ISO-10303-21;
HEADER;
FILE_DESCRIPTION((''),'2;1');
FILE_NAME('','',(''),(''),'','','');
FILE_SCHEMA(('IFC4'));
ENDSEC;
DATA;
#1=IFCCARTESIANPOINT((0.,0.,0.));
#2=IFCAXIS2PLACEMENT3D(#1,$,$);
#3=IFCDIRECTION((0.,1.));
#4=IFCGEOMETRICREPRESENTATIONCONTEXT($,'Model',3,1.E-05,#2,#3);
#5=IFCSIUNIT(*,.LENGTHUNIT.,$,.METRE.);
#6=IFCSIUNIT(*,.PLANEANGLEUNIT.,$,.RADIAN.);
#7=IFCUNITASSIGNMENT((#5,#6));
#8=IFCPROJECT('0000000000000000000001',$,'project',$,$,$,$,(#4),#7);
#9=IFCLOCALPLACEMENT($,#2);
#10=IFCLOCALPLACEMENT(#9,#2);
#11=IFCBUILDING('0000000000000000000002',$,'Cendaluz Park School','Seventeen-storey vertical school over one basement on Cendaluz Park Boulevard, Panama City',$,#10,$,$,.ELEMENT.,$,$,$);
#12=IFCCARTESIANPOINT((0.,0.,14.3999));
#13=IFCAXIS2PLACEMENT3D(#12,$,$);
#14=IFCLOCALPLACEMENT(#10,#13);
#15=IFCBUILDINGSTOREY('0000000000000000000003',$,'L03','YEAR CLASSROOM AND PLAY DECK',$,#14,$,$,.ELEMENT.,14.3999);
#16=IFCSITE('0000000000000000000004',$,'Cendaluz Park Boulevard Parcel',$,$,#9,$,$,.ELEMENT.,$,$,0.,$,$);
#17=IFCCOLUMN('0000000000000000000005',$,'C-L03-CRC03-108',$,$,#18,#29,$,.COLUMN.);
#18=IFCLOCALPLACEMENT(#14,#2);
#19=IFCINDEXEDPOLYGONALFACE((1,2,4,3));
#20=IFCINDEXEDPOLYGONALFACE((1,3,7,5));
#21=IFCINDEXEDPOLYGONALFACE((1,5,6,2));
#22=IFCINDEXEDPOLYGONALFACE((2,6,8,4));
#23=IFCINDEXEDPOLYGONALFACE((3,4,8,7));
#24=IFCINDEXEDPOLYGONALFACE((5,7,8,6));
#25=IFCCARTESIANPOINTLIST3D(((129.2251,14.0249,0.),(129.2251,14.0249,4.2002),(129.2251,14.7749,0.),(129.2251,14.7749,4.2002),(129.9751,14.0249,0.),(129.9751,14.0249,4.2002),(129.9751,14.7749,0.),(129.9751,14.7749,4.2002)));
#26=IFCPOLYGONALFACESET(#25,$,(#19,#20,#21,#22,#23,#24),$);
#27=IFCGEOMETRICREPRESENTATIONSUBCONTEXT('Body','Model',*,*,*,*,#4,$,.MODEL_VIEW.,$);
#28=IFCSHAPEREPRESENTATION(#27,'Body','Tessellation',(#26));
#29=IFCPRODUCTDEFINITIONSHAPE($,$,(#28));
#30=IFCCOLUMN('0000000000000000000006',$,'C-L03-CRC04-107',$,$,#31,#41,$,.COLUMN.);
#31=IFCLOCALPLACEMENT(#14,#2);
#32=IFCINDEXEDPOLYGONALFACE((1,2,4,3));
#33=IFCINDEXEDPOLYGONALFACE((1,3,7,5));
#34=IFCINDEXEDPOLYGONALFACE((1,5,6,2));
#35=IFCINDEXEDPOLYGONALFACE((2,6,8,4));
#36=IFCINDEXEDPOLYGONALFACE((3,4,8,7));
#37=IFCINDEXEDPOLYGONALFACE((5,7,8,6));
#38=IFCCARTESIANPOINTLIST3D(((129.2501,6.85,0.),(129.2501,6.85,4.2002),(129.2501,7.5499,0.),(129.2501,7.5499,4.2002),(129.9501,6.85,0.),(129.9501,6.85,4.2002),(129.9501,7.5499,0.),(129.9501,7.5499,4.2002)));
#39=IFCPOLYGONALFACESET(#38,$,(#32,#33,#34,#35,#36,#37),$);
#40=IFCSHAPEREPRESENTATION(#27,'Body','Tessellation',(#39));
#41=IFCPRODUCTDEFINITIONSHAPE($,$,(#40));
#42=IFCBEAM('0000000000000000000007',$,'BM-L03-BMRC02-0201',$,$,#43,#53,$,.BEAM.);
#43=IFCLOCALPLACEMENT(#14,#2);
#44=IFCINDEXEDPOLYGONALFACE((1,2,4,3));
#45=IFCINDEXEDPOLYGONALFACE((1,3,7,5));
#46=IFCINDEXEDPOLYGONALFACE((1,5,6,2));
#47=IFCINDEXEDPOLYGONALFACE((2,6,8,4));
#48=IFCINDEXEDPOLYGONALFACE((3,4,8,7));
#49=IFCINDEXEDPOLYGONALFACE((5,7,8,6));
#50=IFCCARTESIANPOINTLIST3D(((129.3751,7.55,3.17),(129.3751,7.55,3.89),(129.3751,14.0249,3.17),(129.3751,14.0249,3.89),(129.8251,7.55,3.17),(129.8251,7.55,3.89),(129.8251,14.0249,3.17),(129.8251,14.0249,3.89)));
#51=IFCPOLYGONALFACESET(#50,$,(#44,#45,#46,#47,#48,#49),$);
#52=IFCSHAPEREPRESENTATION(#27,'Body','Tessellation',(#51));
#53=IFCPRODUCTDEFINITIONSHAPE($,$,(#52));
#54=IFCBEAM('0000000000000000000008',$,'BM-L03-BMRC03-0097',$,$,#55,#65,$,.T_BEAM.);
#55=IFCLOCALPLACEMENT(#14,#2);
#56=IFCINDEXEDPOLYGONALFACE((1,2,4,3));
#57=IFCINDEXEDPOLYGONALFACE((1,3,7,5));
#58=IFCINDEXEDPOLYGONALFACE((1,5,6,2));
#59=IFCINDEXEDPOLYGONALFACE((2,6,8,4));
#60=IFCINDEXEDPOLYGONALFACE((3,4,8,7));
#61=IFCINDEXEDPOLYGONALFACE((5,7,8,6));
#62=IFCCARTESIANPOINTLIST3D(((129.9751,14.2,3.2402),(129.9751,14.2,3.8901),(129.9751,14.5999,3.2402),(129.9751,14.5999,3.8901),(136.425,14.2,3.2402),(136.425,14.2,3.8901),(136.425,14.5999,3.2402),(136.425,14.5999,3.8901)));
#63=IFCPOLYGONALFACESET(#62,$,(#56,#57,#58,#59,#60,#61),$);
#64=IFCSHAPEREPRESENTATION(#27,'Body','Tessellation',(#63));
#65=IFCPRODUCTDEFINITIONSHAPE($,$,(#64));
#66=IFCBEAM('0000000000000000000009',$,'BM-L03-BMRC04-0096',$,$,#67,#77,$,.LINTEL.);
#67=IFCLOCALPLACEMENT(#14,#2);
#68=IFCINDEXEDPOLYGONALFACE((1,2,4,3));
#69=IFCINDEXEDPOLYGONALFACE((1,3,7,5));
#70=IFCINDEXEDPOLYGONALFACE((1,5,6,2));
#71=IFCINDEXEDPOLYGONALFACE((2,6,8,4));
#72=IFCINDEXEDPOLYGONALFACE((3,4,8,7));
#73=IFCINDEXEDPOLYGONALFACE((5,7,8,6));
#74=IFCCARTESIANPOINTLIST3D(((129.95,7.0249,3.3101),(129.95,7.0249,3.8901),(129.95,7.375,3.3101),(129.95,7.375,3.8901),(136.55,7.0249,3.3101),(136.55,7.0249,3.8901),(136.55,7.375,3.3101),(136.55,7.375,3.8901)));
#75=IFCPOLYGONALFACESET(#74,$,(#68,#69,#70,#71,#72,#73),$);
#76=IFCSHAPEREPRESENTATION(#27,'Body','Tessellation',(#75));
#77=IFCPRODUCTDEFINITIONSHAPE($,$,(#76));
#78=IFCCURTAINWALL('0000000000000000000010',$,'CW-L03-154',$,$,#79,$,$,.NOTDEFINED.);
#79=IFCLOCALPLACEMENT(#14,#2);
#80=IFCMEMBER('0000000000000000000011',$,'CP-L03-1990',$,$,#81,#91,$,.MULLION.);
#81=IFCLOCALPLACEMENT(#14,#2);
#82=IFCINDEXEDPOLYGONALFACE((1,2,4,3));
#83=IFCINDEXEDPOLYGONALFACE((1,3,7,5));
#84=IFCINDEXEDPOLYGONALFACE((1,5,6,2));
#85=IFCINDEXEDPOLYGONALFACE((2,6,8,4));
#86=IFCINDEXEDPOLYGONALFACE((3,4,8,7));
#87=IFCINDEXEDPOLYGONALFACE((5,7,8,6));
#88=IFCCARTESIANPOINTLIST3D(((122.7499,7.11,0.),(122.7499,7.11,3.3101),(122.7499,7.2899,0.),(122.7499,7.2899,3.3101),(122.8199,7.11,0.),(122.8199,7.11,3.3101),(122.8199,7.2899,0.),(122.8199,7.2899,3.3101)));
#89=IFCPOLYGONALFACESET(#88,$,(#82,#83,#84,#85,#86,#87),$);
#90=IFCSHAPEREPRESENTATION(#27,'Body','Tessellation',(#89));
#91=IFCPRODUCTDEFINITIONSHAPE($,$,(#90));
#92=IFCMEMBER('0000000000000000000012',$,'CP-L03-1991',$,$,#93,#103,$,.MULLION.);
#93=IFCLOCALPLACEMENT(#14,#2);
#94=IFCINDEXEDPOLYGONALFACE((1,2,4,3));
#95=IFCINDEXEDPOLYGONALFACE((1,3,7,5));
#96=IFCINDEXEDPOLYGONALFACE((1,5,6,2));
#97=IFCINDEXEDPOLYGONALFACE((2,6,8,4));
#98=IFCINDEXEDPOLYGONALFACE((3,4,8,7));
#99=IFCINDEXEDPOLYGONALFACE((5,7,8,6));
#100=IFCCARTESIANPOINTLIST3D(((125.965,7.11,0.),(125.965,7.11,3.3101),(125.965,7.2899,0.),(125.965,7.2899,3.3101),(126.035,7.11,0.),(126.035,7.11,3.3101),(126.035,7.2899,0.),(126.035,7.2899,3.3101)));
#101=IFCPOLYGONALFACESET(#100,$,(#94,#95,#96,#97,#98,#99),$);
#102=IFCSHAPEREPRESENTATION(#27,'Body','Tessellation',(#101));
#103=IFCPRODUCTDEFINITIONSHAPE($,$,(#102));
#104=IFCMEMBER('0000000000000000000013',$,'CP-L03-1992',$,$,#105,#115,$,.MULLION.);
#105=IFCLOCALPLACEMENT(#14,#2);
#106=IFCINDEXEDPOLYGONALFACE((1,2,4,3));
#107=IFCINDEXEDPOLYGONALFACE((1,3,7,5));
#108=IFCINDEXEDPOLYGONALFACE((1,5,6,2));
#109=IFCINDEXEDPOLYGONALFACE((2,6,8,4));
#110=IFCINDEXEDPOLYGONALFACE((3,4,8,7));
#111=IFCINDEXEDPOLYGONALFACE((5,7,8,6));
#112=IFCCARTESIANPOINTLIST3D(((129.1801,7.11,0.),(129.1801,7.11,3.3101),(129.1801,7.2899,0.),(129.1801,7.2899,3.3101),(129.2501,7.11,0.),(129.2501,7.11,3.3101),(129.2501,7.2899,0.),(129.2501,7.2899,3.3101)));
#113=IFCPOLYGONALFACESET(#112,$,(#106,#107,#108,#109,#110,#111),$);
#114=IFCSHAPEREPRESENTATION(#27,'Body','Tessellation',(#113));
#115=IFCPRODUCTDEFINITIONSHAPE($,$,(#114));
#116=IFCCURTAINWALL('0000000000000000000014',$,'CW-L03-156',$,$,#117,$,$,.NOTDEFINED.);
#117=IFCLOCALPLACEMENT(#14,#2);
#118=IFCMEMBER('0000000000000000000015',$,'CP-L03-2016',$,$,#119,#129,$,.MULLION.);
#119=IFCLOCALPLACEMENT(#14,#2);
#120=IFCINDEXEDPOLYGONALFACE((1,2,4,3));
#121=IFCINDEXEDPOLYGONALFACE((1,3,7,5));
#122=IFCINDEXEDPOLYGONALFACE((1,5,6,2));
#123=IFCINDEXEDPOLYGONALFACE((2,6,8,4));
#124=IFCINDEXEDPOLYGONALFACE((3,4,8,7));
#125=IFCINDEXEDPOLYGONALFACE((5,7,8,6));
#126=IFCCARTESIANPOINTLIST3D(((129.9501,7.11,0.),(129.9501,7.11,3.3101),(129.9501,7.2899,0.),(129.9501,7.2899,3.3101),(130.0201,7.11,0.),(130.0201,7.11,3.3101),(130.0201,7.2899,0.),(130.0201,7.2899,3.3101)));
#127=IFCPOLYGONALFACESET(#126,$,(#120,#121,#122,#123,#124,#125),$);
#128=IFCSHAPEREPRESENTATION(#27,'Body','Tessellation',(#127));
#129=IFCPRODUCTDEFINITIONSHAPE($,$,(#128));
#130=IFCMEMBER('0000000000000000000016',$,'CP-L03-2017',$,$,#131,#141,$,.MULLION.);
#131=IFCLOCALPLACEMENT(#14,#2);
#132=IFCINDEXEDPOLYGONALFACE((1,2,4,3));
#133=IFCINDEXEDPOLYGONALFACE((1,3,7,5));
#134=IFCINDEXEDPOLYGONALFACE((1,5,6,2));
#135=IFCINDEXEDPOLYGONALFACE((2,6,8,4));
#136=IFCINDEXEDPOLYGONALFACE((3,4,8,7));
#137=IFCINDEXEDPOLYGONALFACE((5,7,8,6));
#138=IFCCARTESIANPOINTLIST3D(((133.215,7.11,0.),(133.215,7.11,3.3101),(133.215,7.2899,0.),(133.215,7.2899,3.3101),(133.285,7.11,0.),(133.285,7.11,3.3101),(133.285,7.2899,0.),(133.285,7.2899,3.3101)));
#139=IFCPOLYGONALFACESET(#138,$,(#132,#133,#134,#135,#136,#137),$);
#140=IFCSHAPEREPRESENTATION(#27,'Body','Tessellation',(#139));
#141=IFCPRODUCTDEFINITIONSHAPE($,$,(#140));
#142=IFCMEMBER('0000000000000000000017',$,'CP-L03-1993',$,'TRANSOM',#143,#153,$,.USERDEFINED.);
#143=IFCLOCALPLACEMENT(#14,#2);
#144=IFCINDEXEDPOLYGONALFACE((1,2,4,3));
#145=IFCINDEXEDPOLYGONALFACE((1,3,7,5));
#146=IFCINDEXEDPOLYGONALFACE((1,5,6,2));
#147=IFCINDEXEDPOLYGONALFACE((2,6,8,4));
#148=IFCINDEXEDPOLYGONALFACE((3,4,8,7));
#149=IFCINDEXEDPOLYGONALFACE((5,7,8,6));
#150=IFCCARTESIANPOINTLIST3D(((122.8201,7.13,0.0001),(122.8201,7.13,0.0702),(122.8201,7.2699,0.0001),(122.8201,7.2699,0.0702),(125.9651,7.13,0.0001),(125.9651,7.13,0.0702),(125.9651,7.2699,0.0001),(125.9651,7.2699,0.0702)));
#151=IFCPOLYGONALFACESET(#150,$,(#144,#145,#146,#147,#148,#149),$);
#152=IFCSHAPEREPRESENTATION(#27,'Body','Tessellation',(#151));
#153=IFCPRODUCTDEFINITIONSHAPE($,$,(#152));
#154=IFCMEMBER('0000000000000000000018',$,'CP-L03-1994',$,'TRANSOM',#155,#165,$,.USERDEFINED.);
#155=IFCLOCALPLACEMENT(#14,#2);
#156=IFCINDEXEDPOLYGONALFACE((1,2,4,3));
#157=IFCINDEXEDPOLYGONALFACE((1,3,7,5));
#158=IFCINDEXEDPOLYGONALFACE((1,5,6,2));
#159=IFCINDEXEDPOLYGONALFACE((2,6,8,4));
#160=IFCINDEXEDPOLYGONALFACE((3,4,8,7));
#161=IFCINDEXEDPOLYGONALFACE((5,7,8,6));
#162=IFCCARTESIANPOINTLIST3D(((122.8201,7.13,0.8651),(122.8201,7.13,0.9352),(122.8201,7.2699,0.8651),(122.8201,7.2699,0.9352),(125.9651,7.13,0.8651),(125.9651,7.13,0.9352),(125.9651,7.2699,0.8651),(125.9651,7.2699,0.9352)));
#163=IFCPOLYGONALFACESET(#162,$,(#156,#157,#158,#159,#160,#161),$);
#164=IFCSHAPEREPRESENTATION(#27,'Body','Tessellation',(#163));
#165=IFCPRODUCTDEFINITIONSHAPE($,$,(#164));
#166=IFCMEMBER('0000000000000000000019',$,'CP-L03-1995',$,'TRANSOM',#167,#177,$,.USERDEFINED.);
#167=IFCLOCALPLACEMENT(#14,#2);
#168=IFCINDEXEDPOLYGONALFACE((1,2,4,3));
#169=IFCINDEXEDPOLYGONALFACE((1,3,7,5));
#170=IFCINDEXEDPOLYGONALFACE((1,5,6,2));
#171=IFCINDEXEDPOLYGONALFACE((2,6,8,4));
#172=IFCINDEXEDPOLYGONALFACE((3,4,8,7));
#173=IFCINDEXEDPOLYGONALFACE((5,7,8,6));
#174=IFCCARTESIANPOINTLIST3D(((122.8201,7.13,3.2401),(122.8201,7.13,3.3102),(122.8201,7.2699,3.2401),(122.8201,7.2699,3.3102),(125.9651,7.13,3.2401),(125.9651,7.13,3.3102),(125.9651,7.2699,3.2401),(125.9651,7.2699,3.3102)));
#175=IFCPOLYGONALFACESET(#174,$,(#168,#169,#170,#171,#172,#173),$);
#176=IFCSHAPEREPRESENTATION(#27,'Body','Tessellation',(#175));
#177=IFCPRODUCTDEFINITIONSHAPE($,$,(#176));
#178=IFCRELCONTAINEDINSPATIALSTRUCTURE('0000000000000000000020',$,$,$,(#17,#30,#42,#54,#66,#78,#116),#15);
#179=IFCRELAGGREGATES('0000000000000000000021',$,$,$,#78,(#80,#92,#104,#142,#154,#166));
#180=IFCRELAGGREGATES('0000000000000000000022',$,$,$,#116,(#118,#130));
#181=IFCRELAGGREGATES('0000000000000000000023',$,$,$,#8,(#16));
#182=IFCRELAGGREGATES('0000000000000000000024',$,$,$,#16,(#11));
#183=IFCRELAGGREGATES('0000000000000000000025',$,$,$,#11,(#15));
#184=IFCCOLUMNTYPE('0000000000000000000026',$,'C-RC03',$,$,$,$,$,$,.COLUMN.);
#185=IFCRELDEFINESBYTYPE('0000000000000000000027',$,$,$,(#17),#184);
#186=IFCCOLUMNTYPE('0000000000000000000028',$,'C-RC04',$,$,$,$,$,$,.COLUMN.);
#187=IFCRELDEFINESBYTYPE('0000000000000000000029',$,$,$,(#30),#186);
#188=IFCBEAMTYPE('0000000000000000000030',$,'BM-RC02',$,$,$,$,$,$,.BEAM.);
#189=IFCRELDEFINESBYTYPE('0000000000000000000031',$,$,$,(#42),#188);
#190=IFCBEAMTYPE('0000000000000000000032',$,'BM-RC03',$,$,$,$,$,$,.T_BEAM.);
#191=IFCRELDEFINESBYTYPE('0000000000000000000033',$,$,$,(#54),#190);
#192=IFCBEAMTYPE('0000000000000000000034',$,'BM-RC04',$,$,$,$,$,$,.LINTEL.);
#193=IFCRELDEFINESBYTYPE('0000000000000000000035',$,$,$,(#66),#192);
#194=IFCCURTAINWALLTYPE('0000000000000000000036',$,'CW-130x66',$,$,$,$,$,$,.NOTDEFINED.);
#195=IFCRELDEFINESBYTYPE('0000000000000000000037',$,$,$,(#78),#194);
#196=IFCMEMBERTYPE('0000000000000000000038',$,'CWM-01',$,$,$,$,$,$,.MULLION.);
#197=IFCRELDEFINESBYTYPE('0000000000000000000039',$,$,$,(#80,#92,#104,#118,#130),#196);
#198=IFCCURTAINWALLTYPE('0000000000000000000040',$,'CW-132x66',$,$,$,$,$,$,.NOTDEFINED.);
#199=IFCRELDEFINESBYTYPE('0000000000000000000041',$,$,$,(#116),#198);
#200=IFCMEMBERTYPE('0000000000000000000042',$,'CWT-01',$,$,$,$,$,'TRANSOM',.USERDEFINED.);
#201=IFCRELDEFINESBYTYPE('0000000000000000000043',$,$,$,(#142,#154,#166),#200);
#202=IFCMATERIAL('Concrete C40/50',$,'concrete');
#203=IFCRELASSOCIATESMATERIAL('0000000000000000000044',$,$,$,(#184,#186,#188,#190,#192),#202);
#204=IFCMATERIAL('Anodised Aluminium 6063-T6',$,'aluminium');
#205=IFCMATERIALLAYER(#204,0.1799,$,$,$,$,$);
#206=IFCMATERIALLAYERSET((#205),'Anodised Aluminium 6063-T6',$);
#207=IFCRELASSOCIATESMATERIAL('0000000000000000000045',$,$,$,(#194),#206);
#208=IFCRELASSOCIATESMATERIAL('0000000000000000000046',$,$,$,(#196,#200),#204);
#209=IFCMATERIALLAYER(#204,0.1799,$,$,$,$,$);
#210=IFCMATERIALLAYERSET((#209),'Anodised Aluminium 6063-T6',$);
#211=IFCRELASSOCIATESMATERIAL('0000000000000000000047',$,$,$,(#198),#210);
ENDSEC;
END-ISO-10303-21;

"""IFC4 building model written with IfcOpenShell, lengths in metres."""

from ifc_helpers import new_model, si_unit, direction, frame, origin, origin_2d, place, context, subcontext, project, spatial, rectangle, extrude, material, layer, layer_set, material_profile, profile_set, type_object, element, aggregate, save


model = new_model("IFC4")

# Units and contexts
model_context = context("Model", 3, precision=1e-05, world=origin(), true_north=direction((0.0, 1.0)))
body_context = subcontext(model_context, "Body", "Model", "MODEL_VIEW")
ifc_project = project(units=[si_unit("LENGTHUNIT", "METRE"), si_unit("PLANEANGLEUNIT", "RADIAN")], contexts=[model_context])

# Site, building, storey
site_placement = place(None, origin())
site = spatial("IfcSite", under=ifc_project, at=site_placement, Name="Cendaluz Park Boulevard Parcel", CompositionType="ELEMENT", RefElevation=0.0)
building_placement = place(site_placement, origin())
building = spatial("IfcBuilding", under=site, at=building_placement, Name="Cendaluz Park School", Description="Seventeen-storey vertical school over one basement on Cendaluz Park Boulevard, Panama City", CompositionType="ELEMENT")
storey_placement = place(building_placement, frame((0.0, 0.0, 14.3999)))
storey = spatial("IfcBuildingStorey", under=building, at=storey_placement, Name="L03", Description="YEAR CLASSROOM AND PLAY DECK", CompositionType="ELEMENT", Elevation=14.3999)

# Columns
ifc_material_1 = material(Name="Concrete C40/50", Category="concrete")
ifc_material_profile_1 = material_profile(ifc_material_1, rectangle(XDim=0.75, YDim=0.75, at=origin_2d()), Name="RC 750x750", Category="concrete")
ifc_profile_set_1 = profile_set([ifc_material_profile_1], Name="Concrete C40/50")
column_type_1 = type_object("IfcColumnType", Name="C-RC03", PredefinedType="COLUMN", material=ifc_profile_set_1)
column_1_placement = place(storey_placement, frame((129.6001, 14.3999, 0.0), z_axis=(0.0, 0.0, 1.0), x_axis=(1.0, 0.0, 0.0)))
element("IfcColumn", 1, at=column_1_placement, inside=storey, type_object=column_type_1, Name="C-L03-CRC03-108", PredefinedType="COLUMN", context=body_context, shape_type="SweptSolid", body=[
    extrude(rectangle(XDim=0.75, YDim=0.75, at=origin_2d()), origin(), (0.0, 0.0, 1.0), 4.2002),
])
ifc_material_profile_2 = material_profile(ifc_material_1, rectangle(XDim=0.7, YDim=0.7, at=origin_2d()), Name="RC 700x700", Category="concrete")
ifc_profile_set_2 = profile_set([ifc_material_profile_2], Name="Concrete C40/50")
column_type_2 = type_object("IfcColumnType", Name="C-RC04", PredefinedType="COLUMN", material=ifc_profile_set_2)
column_2_placement = place(storey_placement, frame((129.6001, 7.2, 0.0), z_axis=(0.0, 0.0, 1.0), x_axis=(1.0, 0.0, 0.0)))
element("IfcColumn", 2, at=column_2_placement, inside=storey, type_object=column_type_2, Name="C-L03-CRC04-107", PredefinedType="COLUMN", context=body_context, shape_type="SweptSolid", body=[
    extrude(rectangle(XDim=0.7, YDim=0.7, at=origin_2d()), origin(), (0.0, 0.0, 1.0), 4.2002),
])

# Beams
ifc_material_profile_3 = material_profile(ifc_material_1, rectangle(XDim=0.45, YDim=0.72, at=origin_2d()), Name="RC 450x720", Category="concrete")
ifc_profile_set_3 = profile_set([ifc_material_profile_3], Name="Concrete C40/50")
beam_type_1 = type_object("IfcBeamType", Name="BM-RC02", PredefinedType="BEAM", material=ifc_profile_set_3)
beam_1_placement = place(storey_placement, frame((129.6001, 7.55, 3.53), z_axis=(0.0, 1.0, 0.0), x_axis=(-1.0, 0.0, 0.0)))
element("IfcBeam", 3, at=beam_1_placement, inside=storey, type_object=beam_type_1, Name="BM-L03-BMRC02-0201", PredefinedType="BEAM", context=body_context, shape_type="SweptSolid", body=[
    extrude(rectangle(XDim=0.45, YDim=0.72, at=origin_2d()), origin(), (0.0, 0.0, 1.0), 6.4749),
])
ifc_material_profile_4 = material_profile(ifc_material_1, rectangle(XDim=0.3999, YDim=0.6499, at=origin_2d()), Name="RC 400x650", Category="concrete")
ifc_profile_set_4 = profile_set([ifc_material_profile_4], Name="Concrete C40/50")
beam_type_2 = type_object("IfcBeamType", Name="BM-RC03", PredefinedType="T_BEAM", material=ifc_profile_set_4)
beam_2_placement = place(storey_placement, frame((129.9751, 14.3999, 3.5652), z_axis=(1.0, 0.0, 0.0), x_axis=(0.0, 1.0, 0.0)))
element("IfcBeam", 4, at=beam_2_placement, inside=storey, type_object=beam_type_2, Name="BM-L03-BMRC03-0097", PredefinedType="T_BEAM", context=body_context, shape_type="SweptSolid", body=[
    extrude(rectangle(XDim=0.3999, YDim=0.6499, at=origin_2d()), origin(), (0.0, 0.0, 1.0), 6.45),
])
ifc_material_profile_5 = material_profile(ifc_material_1, rectangle(XDim=0.3501, YDim=0.5801, at=origin_2d()), Name="RC 350x580", Category="concrete")
ifc_profile_set_5 = profile_set([ifc_material_profile_5], Name="Concrete C40/50")
beam_type_3 = type_object("IfcBeamType", Name="BM-RC04", PredefinedType="LINTEL", material=ifc_profile_set_5)
beam_3_placement = place(storey_placement, frame((129.95, 7.2, 3.6001), z_axis=(1.0, 0.0, 0.0), x_axis=(0.0, 1.0, 0.0)))
element("IfcBeam", 5, at=beam_3_placement, inside=storey, type_object=beam_type_3, Name="BM-L03-BMRC04-0096", PredefinedType="LINTEL", context=body_context, shape_type="SweptSolid", body=[
    extrude(rectangle(XDim=0.3501, YDim=0.5801, at=origin_2d()), origin(), (0.0, 0.0, 1.0), 6.6001),
])

# Curtain walls, members
ifc_material_2 = material(Name="Anodised Aluminium 6063-T6", Category="aluminium")
ifc_layer_1 = layer(ifc_material_2, 0.1799)
ifc_layer_set_1 = layer_set([ifc_layer_1], Name="Anodised Aluminium 6063-T6")
curtain_wall_type_1 = type_object("IfcCurtainWallType", Name="CW-130x66", PredefinedType="NOTDEFINED", material=ifc_layer_set_1)
curtain_wall_1_placement = place(storey_placement, origin())
curtain_wall_1 = element("IfcCurtainWall", 6, at=curtain_wall_1_placement, inside=storey, type_object=curtain_wall_type_1, Name="CW-L03-154", PredefinedType="NOTDEFINED")
ifc_material_profile_6 = material_profile(ifc_material_2, rectangle(XDim=0.1799, YDim=0.0701, at=origin_2d()), Name="CWM 180x70", Category="aluminium")
ifc_profile_set_6 = profile_set([ifc_material_profile_6], Name="Anodised Aluminium 6063-T6")
member_type_1 = type_object("IfcMemberType", Name="CWM-01", PredefinedType="MULLION", material=ifc_profile_set_6)
member_1_placement = place(storey_placement, frame((122.7849, 7.2, 0.0), z_axis=(0.0, 0.0, 1.0), x_axis=(0.0, 1.0, 0.0)))
member_1 = element("IfcMember", 7, at=member_1_placement, type_object=member_type_1, Name="CP-L03-1990", PredefinedType="MULLION", context=body_context, shape_type="SweptSolid", body=[
    extrude(rectangle(XDim=0.1799, YDim=0.0701, at=origin_2d()), origin(), (0.0, 0.0, 1.0), 3.3101),
])
member_2_placement = place(storey_placement, frame((126.0, 7.2, 0.0), z_axis=(0.0, 0.0, 1.0), x_axis=(0.0, 1.0, 0.0)))
member_2 = element("IfcMember", 8, at=member_2_placement, type_object=member_type_1, Name="CP-L03-1991", PredefinedType="MULLION", context=body_context, shape_type="SweptSolid", body=[
    extrude(rectangle(XDim=0.1799, YDim=0.0701, at=origin_2d()), origin(), (0.0, 0.0, 1.0), 3.3101),
])
member_3_placement = place(storey_placement, frame((129.2151, 7.2, 0.0), z_axis=(0.0, 0.0, 1.0), x_axis=(0.0, 1.0, 0.0)))
member_3 = element("IfcMember", 9, at=member_3_placement, type_object=member_type_1, Name="CP-L03-1992", PredefinedType="MULLION", context=body_context, shape_type="SweptSolid", body=[
    extrude(rectangle(XDim=0.1799, YDim=0.0701, at=origin_2d()), origin(), (0.0, 0.0, 1.0), 3.3101),
])
ifc_layer_2 = layer(ifc_material_2, 0.1799)
ifc_layer_set_2 = layer_set([ifc_layer_2], Name="Anodised Aluminium 6063-T6")
curtain_wall_type_2 = type_object("IfcCurtainWallType", Name="CW-132x66", PredefinedType="NOTDEFINED", material=ifc_layer_set_2)
curtain_wall_2_placement = place(storey_placement, origin())
curtain_wall_2 = element("IfcCurtainWall", 10, at=curtain_wall_2_placement, inside=storey, type_object=curtain_wall_type_2, Name="CW-L03-156", PredefinedType="NOTDEFINED")
member_4_placement = place(storey_placement, frame((129.9851, 7.2, 0.0), z_axis=(0.0, 0.0, 1.0), x_axis=(0.0, 1.0, 0.0)))
member_4 = element("IfcMember", 11, at=member_4_placement, type_object=member_type_1, Name="CP-L03-2016", PredefinedType="MULLION", context=body_context, shape_type="SweptSolid", body=[
    extrude(rectangle(XDim=0.1799, YDim=0.0701, at=origin_2d()), origin(), (0.0, 0.0, 1.0), 3.3101),
])
member_5_placement = place(storey_placement, frame((133.25, 7.2, 0.0), z_axis=(0.0, 0.0, 1.0), x_axis=(0.0, 1.0, 0.0)))
member_5 = element("IfcMember", 12, at=member_5_placement, type_object=member_type_1, Name="CP-L03-2017", PredefinedType="MULLION", context=body_context, shape_type="SweptSolid", body=[
    extrude(rectangle(XDim=0.1799, YDim=0.0701, at=origin_2d()), origin(), (0.0, 0.0, 1.0), 3.3101),
])

# Members
ifc_material_profile_7 = material_profile(ifc_material_2, rectangle(XDim=0.1399, YDim=0.0701, at=origin_2d()), Name="CWT 140x70", Category="aluminium")
ifc_profile_set_7 = profile_set([ifc_material_profile_7], Name="Anodised Aluminium 6063-T6")
member_type_2 = type_object("IfcMemberType", Name="CWT-01", ElementType="TRANSOM", PredefinedType="USERDEFINED", material=ifc_profile_set_7)
member_6_placement = place(storey_placement, frame((122.8201, 7.2, 0.0352), z_axis=(1.0, 0.0, 0.0), x_axis=(0.0, 1.0, 0.0)))
member_6 = element("IfcMember", 13, at=member_6_placement, type_object=member_type_2, Name="CP-L03-1993", ObjectType="TRANSOM", PredefinedType="USERDEFINED", context=body_context, shape_type="SweptSolid", body=[
    extrude(rectangle(XDim=0.1399, YDim=0.0701, at=origin_2d()), origin(), (0.0, 0.0, 1.0), 3.145),
])
member_7_placement = place(storey_placement, frame((122.8201, 7.2, 0.9001), z_axis=(1.0, 0.0, 0.0), x_axis=(0.0, 1.0, 0.0)))
member_7 = element("IfcMember", 14, at=member_7_placement, type_object=member_type_2, Name="CP-L03-1994", ObjectType="TRANSOM", PredefinedType="USERDEFINED", context=body_context, shape_type="SweptSolid", body=[
    extrude(rectangle(XDim=0.1399, YDim=0.0701, at=origin_2d()), origin(), (0.0, 0.0, 1.0), 3.145),
])
member_8_placement = place(storey_placement, frame((122.8201, 7.2, 3.2751), z_axis=(1.0, 0.0, 0.0), x_axis=(0.0, 1.0, 0.0)))
member_8 = element("IfcMember", 15, at=member_8_placement, type_object=member_type_2, Name="CP-L03-1995", ObjectType="TRANSOM", PredefinedType="USERDEFINED", context=body_context, shape_type="SweptSolid", body=[
    extrude(rectangle(XDim=0.1399, YDim=0.0701, at=origin_2d()), origin(), (0.0, 0.0, 1.0), 3.145),
])

aggregate(curtain_wall_1, [member_1, member_2, member_3, member_6, member_7, member_8])
aggregate(curtain_wall_2, [member_4, member_5])

save(model, "model.ifc")
